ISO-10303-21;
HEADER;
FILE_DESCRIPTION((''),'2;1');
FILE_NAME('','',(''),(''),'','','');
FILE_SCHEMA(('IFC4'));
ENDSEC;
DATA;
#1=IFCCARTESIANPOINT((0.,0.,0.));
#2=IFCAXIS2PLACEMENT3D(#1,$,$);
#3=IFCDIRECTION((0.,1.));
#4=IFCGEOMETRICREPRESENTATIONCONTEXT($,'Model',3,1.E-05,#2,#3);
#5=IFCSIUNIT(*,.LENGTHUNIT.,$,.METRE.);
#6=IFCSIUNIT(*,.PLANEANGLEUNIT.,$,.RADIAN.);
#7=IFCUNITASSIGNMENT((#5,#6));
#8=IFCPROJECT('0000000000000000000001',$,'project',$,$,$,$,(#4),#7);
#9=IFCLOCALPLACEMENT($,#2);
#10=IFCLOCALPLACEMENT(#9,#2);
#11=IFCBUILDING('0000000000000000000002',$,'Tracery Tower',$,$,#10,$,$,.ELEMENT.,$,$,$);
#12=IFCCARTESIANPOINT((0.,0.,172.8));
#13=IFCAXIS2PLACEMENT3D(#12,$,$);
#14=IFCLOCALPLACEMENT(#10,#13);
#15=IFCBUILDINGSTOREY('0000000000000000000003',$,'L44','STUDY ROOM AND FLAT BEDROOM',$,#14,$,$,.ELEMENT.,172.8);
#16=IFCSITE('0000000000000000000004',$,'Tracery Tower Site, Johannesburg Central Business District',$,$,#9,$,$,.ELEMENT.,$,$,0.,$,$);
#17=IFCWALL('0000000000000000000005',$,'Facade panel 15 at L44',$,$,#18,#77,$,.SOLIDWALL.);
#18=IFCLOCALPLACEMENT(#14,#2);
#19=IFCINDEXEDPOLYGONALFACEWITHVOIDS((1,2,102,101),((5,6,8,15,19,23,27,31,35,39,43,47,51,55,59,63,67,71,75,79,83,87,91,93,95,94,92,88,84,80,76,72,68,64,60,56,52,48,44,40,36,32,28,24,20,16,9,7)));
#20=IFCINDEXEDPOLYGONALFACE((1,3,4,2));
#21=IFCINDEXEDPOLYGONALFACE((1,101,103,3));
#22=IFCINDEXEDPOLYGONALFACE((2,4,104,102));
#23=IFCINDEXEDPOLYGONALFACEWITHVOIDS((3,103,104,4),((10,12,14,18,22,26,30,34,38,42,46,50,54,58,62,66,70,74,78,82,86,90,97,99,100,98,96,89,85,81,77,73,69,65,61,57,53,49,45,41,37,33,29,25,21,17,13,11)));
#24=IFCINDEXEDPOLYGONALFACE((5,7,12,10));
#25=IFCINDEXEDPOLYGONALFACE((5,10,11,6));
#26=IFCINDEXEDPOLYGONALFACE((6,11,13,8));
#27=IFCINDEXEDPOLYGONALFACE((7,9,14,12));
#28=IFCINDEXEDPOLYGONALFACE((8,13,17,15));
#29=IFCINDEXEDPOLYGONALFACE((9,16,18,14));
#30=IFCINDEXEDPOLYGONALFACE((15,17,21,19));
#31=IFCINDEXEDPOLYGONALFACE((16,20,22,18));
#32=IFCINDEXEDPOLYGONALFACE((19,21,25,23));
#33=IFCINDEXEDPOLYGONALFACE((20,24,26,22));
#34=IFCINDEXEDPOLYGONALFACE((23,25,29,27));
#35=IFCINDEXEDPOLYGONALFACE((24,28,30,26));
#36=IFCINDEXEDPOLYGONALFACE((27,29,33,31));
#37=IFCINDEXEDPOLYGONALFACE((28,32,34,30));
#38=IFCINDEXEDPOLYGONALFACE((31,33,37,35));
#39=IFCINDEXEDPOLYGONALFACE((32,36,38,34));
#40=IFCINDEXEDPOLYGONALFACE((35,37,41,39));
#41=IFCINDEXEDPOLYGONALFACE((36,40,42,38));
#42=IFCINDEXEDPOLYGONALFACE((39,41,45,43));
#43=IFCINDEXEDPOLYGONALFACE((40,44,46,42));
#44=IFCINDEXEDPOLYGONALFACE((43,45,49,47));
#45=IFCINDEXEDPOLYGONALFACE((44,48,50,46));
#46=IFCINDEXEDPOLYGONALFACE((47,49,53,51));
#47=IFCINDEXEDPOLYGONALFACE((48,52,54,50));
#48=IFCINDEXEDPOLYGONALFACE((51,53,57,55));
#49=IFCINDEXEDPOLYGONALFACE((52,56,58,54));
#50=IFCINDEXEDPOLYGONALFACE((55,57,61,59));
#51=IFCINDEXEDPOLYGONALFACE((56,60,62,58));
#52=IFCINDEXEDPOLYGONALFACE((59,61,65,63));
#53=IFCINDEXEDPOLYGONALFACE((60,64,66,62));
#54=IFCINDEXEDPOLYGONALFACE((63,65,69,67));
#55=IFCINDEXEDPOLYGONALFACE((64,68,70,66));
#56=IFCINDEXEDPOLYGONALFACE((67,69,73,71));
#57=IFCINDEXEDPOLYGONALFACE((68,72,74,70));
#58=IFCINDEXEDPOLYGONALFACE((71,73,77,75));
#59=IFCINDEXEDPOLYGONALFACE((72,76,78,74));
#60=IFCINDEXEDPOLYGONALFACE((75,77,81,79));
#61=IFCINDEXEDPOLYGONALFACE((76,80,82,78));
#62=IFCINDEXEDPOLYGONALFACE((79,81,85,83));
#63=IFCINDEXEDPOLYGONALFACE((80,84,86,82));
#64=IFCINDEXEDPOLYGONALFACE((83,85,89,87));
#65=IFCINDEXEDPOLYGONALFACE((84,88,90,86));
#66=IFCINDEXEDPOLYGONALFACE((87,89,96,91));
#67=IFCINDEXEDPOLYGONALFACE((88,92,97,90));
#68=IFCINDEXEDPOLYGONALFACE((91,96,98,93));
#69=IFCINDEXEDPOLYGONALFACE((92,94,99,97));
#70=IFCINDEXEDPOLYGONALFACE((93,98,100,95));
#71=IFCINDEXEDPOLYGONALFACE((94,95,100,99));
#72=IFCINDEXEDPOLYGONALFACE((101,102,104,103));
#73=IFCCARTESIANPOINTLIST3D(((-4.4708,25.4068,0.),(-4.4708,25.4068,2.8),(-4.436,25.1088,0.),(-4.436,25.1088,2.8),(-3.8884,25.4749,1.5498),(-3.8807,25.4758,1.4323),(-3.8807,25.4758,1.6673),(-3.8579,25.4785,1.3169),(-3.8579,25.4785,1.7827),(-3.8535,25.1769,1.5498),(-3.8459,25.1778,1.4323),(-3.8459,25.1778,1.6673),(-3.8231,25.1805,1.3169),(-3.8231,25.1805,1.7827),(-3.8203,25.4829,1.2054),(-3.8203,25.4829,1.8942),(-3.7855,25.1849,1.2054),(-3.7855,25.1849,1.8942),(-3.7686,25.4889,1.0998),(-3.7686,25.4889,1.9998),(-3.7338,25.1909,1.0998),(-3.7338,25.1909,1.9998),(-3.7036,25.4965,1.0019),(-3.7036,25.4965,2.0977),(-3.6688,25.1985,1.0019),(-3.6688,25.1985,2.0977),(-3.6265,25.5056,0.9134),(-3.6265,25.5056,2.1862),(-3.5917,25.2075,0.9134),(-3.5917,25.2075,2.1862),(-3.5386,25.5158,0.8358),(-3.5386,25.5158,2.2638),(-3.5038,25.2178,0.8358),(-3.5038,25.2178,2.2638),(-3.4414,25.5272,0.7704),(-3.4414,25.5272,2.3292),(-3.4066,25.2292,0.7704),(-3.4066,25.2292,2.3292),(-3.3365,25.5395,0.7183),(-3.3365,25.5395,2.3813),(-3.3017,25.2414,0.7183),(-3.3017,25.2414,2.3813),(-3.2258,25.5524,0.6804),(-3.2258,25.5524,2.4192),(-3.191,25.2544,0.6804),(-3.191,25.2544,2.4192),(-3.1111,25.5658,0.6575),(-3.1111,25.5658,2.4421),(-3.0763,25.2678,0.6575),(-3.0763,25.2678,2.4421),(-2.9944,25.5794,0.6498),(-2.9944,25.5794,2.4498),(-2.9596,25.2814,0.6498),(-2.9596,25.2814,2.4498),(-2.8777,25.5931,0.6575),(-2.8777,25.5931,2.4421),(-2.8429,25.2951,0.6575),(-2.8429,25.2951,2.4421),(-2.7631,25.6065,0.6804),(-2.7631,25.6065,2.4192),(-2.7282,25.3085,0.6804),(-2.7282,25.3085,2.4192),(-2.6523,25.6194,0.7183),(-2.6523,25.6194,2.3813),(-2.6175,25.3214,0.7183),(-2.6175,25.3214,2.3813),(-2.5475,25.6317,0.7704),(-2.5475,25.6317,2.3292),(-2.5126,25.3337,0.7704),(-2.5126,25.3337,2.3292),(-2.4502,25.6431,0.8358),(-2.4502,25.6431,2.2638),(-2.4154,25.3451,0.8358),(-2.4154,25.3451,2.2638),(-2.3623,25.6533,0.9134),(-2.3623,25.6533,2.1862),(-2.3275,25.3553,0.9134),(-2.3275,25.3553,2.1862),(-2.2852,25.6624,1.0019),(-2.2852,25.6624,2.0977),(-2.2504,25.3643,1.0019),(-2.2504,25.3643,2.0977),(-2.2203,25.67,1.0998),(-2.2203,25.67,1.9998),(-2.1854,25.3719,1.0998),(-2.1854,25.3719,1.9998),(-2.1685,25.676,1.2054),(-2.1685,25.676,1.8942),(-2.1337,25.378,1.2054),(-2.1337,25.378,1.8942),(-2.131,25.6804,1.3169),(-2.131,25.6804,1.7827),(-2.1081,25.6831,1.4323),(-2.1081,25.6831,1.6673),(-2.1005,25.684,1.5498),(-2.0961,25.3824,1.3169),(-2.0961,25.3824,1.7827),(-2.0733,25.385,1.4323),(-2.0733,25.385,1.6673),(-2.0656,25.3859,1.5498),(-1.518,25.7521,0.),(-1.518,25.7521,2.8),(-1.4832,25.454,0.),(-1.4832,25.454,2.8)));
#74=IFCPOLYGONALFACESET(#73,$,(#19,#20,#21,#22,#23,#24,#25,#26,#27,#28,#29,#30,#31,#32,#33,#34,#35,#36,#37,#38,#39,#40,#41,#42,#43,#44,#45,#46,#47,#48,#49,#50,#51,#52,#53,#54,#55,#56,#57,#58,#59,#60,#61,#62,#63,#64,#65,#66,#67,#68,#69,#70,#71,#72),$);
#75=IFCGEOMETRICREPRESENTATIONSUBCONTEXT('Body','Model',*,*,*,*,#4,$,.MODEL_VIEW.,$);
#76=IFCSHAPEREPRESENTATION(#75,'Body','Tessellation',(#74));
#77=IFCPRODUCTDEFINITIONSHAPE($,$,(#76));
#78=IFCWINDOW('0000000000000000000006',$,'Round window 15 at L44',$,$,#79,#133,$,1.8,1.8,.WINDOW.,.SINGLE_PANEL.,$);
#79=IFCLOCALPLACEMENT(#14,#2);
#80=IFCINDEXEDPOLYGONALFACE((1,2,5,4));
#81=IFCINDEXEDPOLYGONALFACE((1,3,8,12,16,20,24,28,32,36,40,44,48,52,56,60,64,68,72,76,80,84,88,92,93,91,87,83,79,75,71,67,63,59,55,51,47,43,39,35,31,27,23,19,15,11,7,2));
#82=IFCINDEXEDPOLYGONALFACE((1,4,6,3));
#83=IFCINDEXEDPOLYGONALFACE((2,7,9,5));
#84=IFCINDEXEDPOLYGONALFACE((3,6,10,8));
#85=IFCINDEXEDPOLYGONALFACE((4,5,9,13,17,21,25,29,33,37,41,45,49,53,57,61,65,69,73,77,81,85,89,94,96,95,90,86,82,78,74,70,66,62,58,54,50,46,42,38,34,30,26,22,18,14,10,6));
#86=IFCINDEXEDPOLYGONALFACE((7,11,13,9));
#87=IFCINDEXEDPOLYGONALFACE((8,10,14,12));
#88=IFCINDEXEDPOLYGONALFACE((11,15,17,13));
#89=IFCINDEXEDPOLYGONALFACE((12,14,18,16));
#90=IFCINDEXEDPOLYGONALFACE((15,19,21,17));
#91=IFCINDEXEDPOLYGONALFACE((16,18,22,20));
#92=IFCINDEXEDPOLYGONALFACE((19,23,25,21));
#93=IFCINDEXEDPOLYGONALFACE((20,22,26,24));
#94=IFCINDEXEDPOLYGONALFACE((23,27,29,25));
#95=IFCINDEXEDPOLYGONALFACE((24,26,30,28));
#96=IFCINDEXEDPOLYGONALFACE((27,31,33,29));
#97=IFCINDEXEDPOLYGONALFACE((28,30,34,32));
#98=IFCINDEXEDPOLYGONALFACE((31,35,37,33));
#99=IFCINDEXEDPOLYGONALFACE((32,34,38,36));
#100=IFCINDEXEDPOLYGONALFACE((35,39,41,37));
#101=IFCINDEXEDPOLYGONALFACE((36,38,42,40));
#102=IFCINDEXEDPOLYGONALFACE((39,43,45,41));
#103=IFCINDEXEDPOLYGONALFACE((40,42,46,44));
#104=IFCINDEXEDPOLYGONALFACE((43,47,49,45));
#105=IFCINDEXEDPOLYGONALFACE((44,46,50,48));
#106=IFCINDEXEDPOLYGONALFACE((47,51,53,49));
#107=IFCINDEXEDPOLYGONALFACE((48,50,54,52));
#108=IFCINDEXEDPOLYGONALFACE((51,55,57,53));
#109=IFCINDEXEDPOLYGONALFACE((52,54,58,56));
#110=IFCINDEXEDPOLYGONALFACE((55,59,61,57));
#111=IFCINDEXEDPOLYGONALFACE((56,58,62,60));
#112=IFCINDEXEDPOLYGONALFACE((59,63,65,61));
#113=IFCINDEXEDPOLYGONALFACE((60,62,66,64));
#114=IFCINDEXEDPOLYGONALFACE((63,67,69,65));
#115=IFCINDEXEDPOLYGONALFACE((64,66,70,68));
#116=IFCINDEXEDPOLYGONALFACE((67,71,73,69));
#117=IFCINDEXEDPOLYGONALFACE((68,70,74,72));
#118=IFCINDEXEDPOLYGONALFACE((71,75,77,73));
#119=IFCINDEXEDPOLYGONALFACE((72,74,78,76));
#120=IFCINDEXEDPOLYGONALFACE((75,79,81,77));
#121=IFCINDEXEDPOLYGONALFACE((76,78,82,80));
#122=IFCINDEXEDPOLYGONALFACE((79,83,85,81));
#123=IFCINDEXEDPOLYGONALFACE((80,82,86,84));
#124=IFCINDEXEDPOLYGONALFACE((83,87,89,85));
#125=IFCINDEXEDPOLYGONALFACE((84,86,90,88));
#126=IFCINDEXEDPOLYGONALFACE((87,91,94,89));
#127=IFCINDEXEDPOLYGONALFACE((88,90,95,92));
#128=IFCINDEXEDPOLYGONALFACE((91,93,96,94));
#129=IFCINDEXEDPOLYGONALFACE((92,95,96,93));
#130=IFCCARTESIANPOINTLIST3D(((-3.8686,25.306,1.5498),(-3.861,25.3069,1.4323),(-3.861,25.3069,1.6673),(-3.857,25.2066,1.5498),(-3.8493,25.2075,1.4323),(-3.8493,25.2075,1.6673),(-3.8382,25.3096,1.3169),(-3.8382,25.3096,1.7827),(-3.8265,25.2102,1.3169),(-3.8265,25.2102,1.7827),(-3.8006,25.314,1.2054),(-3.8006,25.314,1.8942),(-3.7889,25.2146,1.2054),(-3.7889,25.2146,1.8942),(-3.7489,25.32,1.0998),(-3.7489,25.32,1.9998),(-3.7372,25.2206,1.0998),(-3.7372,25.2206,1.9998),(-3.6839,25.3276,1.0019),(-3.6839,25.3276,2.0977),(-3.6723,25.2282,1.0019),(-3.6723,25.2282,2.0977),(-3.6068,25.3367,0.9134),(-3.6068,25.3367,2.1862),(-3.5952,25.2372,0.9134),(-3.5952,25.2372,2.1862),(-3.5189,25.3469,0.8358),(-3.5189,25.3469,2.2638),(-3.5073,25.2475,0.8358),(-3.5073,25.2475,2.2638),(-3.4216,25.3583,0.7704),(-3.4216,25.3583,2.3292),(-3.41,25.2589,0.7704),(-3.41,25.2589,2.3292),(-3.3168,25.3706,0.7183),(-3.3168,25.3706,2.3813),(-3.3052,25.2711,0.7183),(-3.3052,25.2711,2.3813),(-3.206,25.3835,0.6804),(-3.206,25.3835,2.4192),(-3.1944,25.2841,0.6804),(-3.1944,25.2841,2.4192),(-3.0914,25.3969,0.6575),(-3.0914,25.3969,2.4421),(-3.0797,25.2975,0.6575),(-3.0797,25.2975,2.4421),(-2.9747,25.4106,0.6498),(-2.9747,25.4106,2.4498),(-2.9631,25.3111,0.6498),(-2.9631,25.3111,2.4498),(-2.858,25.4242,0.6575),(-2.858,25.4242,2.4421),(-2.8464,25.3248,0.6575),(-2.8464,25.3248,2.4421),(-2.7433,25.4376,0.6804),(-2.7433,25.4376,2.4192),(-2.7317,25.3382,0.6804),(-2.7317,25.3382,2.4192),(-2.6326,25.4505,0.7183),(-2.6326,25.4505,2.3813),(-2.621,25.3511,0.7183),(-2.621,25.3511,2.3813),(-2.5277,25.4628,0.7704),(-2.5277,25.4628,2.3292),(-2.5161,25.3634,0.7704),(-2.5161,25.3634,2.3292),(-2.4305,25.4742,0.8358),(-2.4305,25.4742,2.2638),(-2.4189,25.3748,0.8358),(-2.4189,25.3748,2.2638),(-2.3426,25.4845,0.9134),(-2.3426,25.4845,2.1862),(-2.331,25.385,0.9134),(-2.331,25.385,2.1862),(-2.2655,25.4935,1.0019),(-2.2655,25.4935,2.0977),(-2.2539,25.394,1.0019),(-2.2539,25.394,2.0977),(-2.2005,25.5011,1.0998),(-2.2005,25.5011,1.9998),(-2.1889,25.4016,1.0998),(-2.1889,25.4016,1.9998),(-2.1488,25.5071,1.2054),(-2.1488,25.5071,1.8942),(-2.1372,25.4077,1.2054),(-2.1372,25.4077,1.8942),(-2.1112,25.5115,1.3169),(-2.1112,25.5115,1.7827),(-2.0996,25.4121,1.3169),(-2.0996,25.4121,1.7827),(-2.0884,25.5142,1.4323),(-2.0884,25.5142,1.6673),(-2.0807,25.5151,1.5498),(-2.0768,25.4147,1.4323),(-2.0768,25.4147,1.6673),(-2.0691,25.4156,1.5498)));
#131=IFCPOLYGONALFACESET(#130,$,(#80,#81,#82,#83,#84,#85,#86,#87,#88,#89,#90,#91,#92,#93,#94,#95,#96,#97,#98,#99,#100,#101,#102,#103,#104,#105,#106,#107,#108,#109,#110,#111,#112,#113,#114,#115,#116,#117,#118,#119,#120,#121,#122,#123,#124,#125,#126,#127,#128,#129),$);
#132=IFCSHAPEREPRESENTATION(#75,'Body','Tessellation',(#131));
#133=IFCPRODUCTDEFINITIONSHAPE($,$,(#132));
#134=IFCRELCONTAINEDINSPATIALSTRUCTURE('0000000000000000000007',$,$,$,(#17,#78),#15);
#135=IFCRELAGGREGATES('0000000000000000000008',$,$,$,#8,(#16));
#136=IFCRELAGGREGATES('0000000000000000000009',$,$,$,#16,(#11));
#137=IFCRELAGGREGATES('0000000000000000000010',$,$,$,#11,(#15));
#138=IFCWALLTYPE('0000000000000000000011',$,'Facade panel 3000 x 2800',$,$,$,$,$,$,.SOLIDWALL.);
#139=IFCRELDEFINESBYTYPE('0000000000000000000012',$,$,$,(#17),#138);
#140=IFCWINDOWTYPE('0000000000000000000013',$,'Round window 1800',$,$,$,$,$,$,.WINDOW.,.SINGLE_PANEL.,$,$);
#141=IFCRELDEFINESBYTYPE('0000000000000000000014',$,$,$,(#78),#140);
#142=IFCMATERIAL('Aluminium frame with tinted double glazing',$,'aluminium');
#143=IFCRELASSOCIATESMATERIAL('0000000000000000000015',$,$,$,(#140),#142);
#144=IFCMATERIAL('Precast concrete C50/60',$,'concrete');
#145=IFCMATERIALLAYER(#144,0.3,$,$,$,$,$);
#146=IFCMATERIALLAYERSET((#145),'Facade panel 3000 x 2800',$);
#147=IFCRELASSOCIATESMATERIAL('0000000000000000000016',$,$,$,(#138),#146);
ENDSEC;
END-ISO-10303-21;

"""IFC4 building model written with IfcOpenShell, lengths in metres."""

from ifc_helpers import new_model, si_unit, direction, frame, frame_2d, origin, origin_2d, place, context, subcontext, project, spatial, rectangle, circle, extrude, material, layer, layer_set, type_object, element, fill, save


model = new_model("IFC4")

# Units and contexts
model_context = context("Model", 3, precision=1e-05, world=origin(), true_north=direction((0.0, 1.0)))
body_context = subcontext(model_context, "Body", "Model", "MODEL_VIEW")
ifc_project = project(units=[si_unit("LENGTHUNIT", "METRE"), si_unit("PLANEANGLEUNIT", "RADIAN")], contexts=[model_context])

# Site, building, storey
site_placement = place(None, origin())
site = spatial("IfcSite", under=ifc_project, at=site_placement, Name="Tracery Tower Site, Johannesburg Central Business District", CompositionType="ELEMENT", RefElevation=0.0)
building_placement = place(site_placement, origin())
building = spatial("IfcBuilding", under=site, at=building_placement, Name="Tracery Tower", CompositionType="ELEMENT")
storey_placement = place(building_placement, frame((0.0, 0.0, 172.8)))
storey = spatial("IfcBuildingStorey", under=building, at=storey_placement, Name="L44", Description="STUDY ROOM AND FLAT BEDROOM", CompositionType="ELEMENT", Elevation=172.8)

# Wall, opening, window
ifc_material_1 = material(Name="Aluminium frame with tinted double glazing", Category="aluminium")
window_type = type_object("IfcWindowType", Name="Round window 1800", PartitioningType="SINGLE_PANEL", PredefinedType="WINDOW", material=ifc_material_1)
ifc_material_2 = material(Name="Precast concrete C50/60", Category="concrete")
ifc_layer_1 = layer(ifc_material_2, 0.3)
ifc_layer_set_1 = layer_set([ifc_layer_1], Name="Facade panel 3000 x 2800")
wall_type_1 = type_object("IfcWallType", Name="Facade panel 3000 x 2800", PredefinedType="SOLIDWALL", material=ifc_layer_set_1)
wall_1_placement = place(storey_placement, frame((-1.5007, 25.603, 0.0), z_axis=(0.0, 0.0, 1.0), x_axis=(-0.993236, -0.116117, 0.0)))
wall_1 = element("IfcWall", 1, at=wall_1_placement, inside=storey, type_object=wall_type_1, Name="Facade panel 15 at L44", PredefinedType="SOLIDWALL", context=body_context, shape_type="SweptSolid", body=[
    extrude(rectangle(XDim=2.9729, YDim=0.3, at=frame_2d((1.4863, 0.0))), origin(), (0.0, 0.0, 1.0), 2.8),
])
opening_1_placement = place(wall_1_placement, frame((1.4863, 0.0, 1.5498)))
opening_1 = element("IfcOpeningElement", 2, at=opening_1_placement, cuts=wall_1, PredefinedType="OPENING", context=body_context, shape_type="SweptSolid", body=[
    extrude(circle(Radius=0.9, at=origin_2d()), frame((0.0, 0.1599, 0.0), z_axis=(0.0, -1.0, 0.0), x_axis=(1.0, 0.0, 0.0)), (0.0, 0.0, 1.0), 0.3201),
])
window_1_placement = place(opening_1_placement, origin())
window_1 = element("IfcWindow", 3, at=window_1_placement, inside=storey, type_object=window_type, Name="Round window 15 at L44", OverallHeight=1.8, OverallWidth=1.8, PartitioningType="SINGLE_PANEL", PredefinedType="WINDOW", context=body_context, shape_type="SweptSolid", body=[
    extrude(circle(Radius=0.9, at=origin_2d()), frame((0.0, 0.1201, 0.0), z_axis=(0.0, -1.0, 0.0), x_axis=(1.0, 0.0, 0.0)), (0.0, 0.0, 1.0), 0.1001),
])
fill(opening_1, window_1)

save(model, "model.ifc")
